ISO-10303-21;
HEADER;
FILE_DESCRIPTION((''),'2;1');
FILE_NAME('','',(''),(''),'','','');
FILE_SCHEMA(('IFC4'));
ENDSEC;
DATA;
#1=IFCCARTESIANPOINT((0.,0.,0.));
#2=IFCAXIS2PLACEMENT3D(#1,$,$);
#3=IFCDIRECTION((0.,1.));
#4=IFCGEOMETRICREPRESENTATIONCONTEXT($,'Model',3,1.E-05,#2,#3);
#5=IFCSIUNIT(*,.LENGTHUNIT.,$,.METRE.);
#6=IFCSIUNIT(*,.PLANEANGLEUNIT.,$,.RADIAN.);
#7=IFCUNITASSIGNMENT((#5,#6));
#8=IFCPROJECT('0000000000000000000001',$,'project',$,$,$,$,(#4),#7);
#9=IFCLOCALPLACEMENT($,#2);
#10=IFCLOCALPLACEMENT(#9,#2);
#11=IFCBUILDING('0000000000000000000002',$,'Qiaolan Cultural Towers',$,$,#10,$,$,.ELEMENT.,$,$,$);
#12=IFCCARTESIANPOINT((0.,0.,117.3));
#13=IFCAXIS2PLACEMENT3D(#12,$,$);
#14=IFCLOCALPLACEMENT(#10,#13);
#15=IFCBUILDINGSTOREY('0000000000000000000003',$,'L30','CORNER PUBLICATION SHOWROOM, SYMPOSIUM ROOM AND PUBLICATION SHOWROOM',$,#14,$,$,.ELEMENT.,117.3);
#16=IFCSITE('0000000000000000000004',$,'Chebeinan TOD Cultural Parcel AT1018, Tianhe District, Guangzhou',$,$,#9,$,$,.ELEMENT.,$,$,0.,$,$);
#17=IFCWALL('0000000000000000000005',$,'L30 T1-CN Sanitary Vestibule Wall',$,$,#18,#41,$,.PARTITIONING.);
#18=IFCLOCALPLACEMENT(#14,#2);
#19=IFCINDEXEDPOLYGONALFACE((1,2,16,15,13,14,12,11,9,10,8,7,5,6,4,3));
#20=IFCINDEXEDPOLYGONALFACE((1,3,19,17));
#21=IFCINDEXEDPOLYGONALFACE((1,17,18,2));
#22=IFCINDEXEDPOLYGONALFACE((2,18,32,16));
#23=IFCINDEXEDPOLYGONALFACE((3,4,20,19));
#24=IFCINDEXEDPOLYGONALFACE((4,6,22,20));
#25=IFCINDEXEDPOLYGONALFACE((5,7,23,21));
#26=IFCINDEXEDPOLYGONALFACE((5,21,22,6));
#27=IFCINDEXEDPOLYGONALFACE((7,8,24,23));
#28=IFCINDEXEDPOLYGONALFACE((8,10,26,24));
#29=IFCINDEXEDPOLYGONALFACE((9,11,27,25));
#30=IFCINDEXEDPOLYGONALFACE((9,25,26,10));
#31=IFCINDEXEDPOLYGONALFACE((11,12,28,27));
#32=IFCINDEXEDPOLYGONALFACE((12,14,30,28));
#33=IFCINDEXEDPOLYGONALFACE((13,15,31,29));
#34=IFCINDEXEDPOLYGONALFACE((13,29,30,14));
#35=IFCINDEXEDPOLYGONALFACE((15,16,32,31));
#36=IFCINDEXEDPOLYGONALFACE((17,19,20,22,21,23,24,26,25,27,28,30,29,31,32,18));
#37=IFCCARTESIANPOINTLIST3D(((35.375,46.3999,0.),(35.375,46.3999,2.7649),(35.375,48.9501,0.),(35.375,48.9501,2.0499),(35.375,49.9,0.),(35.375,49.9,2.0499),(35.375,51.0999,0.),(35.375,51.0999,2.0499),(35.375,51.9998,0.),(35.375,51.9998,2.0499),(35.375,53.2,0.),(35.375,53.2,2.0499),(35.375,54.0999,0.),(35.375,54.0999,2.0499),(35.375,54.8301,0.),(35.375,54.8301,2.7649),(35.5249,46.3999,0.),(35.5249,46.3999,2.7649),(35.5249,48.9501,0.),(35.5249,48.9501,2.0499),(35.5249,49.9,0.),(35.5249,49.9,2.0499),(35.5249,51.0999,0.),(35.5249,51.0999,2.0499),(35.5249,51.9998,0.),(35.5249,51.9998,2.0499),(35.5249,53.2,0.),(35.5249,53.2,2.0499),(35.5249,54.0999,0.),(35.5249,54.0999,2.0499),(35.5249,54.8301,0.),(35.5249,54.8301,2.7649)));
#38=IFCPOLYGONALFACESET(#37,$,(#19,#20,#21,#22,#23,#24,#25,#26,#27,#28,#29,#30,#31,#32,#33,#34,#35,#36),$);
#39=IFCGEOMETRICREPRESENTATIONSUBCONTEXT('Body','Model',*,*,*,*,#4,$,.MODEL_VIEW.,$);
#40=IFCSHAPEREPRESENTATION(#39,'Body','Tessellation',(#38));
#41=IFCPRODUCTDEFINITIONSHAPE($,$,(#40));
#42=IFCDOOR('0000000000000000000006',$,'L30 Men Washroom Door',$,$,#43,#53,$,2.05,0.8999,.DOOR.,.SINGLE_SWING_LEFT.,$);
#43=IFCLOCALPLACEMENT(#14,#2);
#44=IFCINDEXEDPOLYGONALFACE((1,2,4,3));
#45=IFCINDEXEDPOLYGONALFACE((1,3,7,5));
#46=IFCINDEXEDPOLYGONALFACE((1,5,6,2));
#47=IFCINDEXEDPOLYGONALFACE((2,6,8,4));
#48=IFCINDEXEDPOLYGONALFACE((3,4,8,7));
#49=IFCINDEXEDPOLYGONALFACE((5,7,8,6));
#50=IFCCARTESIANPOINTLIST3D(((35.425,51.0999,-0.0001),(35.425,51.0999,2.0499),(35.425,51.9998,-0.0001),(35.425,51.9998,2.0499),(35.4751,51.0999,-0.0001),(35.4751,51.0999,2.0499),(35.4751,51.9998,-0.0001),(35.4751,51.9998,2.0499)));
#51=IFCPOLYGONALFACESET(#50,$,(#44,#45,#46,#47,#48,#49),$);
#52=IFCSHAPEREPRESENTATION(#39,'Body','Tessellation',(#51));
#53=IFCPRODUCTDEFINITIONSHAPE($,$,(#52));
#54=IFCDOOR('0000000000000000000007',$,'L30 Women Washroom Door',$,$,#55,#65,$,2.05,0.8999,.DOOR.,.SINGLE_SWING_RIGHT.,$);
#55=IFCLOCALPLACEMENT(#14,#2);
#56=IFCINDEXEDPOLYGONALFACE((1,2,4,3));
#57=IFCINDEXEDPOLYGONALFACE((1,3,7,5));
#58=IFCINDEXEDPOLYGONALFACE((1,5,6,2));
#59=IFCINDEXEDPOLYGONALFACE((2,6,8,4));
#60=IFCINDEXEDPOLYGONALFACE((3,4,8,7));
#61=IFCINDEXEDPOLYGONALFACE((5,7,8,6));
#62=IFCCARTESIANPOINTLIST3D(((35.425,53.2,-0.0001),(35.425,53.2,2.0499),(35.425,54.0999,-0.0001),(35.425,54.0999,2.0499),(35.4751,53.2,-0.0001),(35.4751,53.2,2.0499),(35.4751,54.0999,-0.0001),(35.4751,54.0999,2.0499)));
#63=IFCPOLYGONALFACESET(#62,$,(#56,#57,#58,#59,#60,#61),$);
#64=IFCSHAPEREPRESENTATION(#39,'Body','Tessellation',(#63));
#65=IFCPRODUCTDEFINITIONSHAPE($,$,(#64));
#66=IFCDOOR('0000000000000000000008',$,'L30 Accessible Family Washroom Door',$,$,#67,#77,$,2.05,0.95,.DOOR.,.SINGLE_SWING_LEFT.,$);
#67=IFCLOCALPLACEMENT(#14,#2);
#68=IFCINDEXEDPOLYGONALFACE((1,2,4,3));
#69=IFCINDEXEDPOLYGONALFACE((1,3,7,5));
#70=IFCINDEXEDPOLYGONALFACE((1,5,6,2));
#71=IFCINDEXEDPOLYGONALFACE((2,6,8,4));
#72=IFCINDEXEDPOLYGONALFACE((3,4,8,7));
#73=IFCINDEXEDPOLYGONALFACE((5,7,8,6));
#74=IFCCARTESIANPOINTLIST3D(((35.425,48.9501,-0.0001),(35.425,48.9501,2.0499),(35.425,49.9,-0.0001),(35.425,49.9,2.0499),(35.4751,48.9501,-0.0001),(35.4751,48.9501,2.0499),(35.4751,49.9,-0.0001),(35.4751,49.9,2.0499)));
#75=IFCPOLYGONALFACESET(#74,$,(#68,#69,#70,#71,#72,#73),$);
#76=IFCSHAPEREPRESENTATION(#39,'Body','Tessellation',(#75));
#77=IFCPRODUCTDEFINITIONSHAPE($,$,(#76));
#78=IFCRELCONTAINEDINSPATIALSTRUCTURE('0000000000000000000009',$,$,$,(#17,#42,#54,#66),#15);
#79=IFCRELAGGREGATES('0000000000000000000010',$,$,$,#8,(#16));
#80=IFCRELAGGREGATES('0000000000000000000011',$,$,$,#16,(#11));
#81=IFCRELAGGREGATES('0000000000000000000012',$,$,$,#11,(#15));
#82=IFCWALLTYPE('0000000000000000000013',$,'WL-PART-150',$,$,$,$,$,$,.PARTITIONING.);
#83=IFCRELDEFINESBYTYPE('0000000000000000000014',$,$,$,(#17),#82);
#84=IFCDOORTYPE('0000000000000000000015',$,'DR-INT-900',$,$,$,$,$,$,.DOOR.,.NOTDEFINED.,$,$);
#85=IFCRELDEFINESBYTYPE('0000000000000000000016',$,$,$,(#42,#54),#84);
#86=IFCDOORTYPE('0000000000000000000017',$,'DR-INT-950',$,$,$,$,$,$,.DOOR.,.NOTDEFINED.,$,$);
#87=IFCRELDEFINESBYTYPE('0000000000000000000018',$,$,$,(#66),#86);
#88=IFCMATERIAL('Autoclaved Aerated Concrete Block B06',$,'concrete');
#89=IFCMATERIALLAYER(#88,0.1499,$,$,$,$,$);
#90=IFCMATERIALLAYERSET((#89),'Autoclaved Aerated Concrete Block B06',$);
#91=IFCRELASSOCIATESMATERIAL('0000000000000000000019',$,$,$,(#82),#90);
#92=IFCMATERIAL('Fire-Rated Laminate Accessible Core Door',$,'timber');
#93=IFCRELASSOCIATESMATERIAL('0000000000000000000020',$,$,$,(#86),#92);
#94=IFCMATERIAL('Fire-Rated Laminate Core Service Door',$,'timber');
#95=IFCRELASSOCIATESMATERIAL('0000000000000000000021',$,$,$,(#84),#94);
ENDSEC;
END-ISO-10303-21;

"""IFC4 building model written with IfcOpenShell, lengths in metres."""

from ifc_helpers import new_model, si_unit, direction, frame, frame_2d, origin, place, context, subcontext, project, spatial, rectangle, extrude, material, layer, layer_set, type_object, element, fill, save


model = new_model("IFC4")

# Units and contexts
model_context = context("Model", 3, precision=1e-05, world=origin(), true_north=direction((0.0, 1.0)))
body_context = subcontext(model_context, "Body", "Model", "MODEL_VIEW")
ifc_project = project(units=[si_unit("LENGTHUNIT", "METRE"), si_unit("PLANEANGLEUNIT", "RADIAN")], contexts=[model_context])

# Site, building, storey
site_placement = place(None, origin())
site = spatial("IfcSite", under=ifc_project, at=site_placement, Name="Chebeinan TOD Cultural Parcel AT1018, Tianhe District, Guangzhou", CompositionType="ELEMENT", RefElevation=0.0)
building_placement = place(site_placement, origin())
building = spatial("IfcBuilding", under=site, at=building_placement, Name="Qiaolan Cultural Towers", CompositionType="ELEMENT")
storey_placement = place(building_placement, frame((0.0, 0.0, 117.3)))
storey = spatial("IfcBuildingStorey", under=building, at=storey_placement, Name="L30", Description="CORNER PUBLICATION SHOWROOM, SYMPOSIUM ROOM AND PUBLICATION SHOWROOM", CompositionType="ELEMENT", Elevation=117.3)

# Shared definitions
ifc_material_1 = material(Name="Autoclaved Aerated Concrete Block B06", Category="concrete")
ifc_layer_1 = layer(ifc_material_1, 0.1499)
ifc_layer_set_1 = layer_set([ifc_layer_1], Name="Autoclaved Aerated Concrete Block B06")
wall_type_1 = type_object("IfcWallType", Name="WL-PART-150", PredefinedType="PARTITIONING", material=ifc_layer_set_1)
ifc_material_2 = material(Name="Fire-Rated Laminate Accessible Core Door", Category="timber")
door_type_1 = type_object("IfcDoorType", Name="DR-INT-950", OperationType="NOTDEFINED", PredefinedType="DOOR", material=ifc_material_2)

# Wall, openings, doors
wall_1_placement = place(storey_placement, frame((35.45, 46.3999, 0.0), z_axis=(0.0, 0.0, 1.0), x_axis=(0.0, 1.0, 0.0)))
wall_1 = element("IfcWall", 1, at=wall_1_placement, inside=storey, type_object=wall_type_1, Name="L30 T1-CN Sanitary Vestibule Wall", PredefinedType="PARTITIONING", context=body_context, shape_type="SweptSolid", body=[
    extrude(rectangle(XDim=8.4302, YDim=0.1499, at=frame_2d((4.2151, 0.0))), origin(), (0.0, 0.0, 1.0), 2.7649),
])
opening_1_placement = place(wall_1_placement, frame((2.55, 0.0, 0.0)))
opening_1 = element("IfcOpeningElement", 2, at=opening_1_placement, cuts=wall_1, PredefinedType="OPENING", context=body_context, shape_type="SweptSolid", body=[
    extrude(rectangle(XDim=0.95, YDim=2.05, at=frame_2d((0.4751, 1.0249))), frame((0.0, 0.085, 0.0), z_axis=(0.0, -1.0, 0.0), x_axis=(1.0, 0.0, 0.0)), (0.0, 0.0, 1.0), 0.1699),
])
opening_2_placement = place(wall_1_placement, frame((4.7, 0.0, 0.0)))
opening_2 = element("IfcOpeningElement", 3, at=opening_2_placement, cuts=wall_1, PredefinedType="OPENING", context=body_context, shape_type="SweptSolid", body=[
    extrude(rectangle(XDim=0.8999, YDim=2.05, at=frame_2d((0.45, 1.0249))), frame((0.0, 0.085, 0.0), z_axis=(0.0, -1.0, 0.0), x_axis=(1.0, 0.0, 0.0)), (0.0, 0.0, 1.0), 0.1699),
])
opening_3_placement = place(wall_1_placement, frame((6.8, 0.0, 0.0)))
opening_3 = element("IfcOpeningElement", 4, at=opening_3_placement, cuts=wall_1, PredefinedType="OPENING", context=body_context, shape_type="SweptSolid", body=[
    extrude(rectangle(XDim=0.8999, YDim=2.05, at=frame_2d((0.45, 1.0249))), frame((0.0, 0.085, 0.0), z_axis=(0.0, -1.0, 0.0), x_axis=(1.0, 0.0, 0.0)), (0.0, 0.0, 1.0), 0.1699),
])
ifc_material_3 = material(Name="Fire-Rated Laminate Core Service Door", Category="timber")
door_type_2 = type_object("IfcDoorType", Name="DR-INT-900", OperationType="NOTDEFINED", PredefinedType="DOOR", material=ifc_material_3)
door_1_placement = place(opening_2_placement, origin())
door_1 = element("IfcDoor", 5, at=door_1_placement, inside=storey, type_object=door_type_2, Name="L30 Men Washroom Door", OperationType="SINGLE_SWING_LEFT", OverallHeight=2.05, OverallWidth=0.8999, PredefinedType="DOOR", context=body_context, shape_type="SweptSolid", body=[
    extrude(rectangle(XDim=0.8999, YDim=2.05, at=frame_2d((0.45, 1.0249))), frame((0.0, 0.0249, 0.0), z_axis=(0.0, -1.0, 0.0), x_axis=(1.0, 0.0, 0.0)), (0.0, 0.0, 1.0), 0.05),
])
fill(opening_2, door_1)
door_2_placement = place(opening_3_placement, origin())
door_2 = element("IfcDoor", 6, at=door_2_placement, inside=storey, type_object=door_type_2, Name="L30 Women Washroom Door", OperationType="SINGLE_SWING_RIGHT", OverallHeight=2.05, OverallWidth=0.8999, PredefinedType="DOOR", context=body_context, shape_type="SweptSolid", body=[
    extrude(rectangle(XDim=0.8999, YDim=2.05, at=frame_2d((0.45, 1.0249))), frame((0.0, 0.0249, 0.0), z_axis=(0.0, -1.0, 0.0), x_axis=(1.0, 0.0, 0.0)), (0.0, 0.0, 1.0), 0.05),
])
fill(opening_3, door_2)
door_3_placement = place(opening_1_placement, origin())
door_3 = element("IfcDoor", 7, at=door_3_placement, inside=storey, type_object=door_type_1, Name="L30 Accessible Family Washroom Door", OperationType="SINGLE_SWING_LEFT", OverallHeight=2.05, OverallWidth=0.95, PredefinedType="DOOR", context=body_context, shape_type="SweptSolid", body=[
    extrude(rectangle(XDim=0.95, YDim=2.05, at=frame_2d((0.4751, 1.0249))), frame((0.0, 0.0249, 0.0), z_axis=(0.0, -1.0, 0.0), x_axis=(1.0, 0.0, 0.0)), (0.0, 0.0, 1.0), 0.05),
])
fill(opening_1, door_3)

save(model, "model.ifc")
